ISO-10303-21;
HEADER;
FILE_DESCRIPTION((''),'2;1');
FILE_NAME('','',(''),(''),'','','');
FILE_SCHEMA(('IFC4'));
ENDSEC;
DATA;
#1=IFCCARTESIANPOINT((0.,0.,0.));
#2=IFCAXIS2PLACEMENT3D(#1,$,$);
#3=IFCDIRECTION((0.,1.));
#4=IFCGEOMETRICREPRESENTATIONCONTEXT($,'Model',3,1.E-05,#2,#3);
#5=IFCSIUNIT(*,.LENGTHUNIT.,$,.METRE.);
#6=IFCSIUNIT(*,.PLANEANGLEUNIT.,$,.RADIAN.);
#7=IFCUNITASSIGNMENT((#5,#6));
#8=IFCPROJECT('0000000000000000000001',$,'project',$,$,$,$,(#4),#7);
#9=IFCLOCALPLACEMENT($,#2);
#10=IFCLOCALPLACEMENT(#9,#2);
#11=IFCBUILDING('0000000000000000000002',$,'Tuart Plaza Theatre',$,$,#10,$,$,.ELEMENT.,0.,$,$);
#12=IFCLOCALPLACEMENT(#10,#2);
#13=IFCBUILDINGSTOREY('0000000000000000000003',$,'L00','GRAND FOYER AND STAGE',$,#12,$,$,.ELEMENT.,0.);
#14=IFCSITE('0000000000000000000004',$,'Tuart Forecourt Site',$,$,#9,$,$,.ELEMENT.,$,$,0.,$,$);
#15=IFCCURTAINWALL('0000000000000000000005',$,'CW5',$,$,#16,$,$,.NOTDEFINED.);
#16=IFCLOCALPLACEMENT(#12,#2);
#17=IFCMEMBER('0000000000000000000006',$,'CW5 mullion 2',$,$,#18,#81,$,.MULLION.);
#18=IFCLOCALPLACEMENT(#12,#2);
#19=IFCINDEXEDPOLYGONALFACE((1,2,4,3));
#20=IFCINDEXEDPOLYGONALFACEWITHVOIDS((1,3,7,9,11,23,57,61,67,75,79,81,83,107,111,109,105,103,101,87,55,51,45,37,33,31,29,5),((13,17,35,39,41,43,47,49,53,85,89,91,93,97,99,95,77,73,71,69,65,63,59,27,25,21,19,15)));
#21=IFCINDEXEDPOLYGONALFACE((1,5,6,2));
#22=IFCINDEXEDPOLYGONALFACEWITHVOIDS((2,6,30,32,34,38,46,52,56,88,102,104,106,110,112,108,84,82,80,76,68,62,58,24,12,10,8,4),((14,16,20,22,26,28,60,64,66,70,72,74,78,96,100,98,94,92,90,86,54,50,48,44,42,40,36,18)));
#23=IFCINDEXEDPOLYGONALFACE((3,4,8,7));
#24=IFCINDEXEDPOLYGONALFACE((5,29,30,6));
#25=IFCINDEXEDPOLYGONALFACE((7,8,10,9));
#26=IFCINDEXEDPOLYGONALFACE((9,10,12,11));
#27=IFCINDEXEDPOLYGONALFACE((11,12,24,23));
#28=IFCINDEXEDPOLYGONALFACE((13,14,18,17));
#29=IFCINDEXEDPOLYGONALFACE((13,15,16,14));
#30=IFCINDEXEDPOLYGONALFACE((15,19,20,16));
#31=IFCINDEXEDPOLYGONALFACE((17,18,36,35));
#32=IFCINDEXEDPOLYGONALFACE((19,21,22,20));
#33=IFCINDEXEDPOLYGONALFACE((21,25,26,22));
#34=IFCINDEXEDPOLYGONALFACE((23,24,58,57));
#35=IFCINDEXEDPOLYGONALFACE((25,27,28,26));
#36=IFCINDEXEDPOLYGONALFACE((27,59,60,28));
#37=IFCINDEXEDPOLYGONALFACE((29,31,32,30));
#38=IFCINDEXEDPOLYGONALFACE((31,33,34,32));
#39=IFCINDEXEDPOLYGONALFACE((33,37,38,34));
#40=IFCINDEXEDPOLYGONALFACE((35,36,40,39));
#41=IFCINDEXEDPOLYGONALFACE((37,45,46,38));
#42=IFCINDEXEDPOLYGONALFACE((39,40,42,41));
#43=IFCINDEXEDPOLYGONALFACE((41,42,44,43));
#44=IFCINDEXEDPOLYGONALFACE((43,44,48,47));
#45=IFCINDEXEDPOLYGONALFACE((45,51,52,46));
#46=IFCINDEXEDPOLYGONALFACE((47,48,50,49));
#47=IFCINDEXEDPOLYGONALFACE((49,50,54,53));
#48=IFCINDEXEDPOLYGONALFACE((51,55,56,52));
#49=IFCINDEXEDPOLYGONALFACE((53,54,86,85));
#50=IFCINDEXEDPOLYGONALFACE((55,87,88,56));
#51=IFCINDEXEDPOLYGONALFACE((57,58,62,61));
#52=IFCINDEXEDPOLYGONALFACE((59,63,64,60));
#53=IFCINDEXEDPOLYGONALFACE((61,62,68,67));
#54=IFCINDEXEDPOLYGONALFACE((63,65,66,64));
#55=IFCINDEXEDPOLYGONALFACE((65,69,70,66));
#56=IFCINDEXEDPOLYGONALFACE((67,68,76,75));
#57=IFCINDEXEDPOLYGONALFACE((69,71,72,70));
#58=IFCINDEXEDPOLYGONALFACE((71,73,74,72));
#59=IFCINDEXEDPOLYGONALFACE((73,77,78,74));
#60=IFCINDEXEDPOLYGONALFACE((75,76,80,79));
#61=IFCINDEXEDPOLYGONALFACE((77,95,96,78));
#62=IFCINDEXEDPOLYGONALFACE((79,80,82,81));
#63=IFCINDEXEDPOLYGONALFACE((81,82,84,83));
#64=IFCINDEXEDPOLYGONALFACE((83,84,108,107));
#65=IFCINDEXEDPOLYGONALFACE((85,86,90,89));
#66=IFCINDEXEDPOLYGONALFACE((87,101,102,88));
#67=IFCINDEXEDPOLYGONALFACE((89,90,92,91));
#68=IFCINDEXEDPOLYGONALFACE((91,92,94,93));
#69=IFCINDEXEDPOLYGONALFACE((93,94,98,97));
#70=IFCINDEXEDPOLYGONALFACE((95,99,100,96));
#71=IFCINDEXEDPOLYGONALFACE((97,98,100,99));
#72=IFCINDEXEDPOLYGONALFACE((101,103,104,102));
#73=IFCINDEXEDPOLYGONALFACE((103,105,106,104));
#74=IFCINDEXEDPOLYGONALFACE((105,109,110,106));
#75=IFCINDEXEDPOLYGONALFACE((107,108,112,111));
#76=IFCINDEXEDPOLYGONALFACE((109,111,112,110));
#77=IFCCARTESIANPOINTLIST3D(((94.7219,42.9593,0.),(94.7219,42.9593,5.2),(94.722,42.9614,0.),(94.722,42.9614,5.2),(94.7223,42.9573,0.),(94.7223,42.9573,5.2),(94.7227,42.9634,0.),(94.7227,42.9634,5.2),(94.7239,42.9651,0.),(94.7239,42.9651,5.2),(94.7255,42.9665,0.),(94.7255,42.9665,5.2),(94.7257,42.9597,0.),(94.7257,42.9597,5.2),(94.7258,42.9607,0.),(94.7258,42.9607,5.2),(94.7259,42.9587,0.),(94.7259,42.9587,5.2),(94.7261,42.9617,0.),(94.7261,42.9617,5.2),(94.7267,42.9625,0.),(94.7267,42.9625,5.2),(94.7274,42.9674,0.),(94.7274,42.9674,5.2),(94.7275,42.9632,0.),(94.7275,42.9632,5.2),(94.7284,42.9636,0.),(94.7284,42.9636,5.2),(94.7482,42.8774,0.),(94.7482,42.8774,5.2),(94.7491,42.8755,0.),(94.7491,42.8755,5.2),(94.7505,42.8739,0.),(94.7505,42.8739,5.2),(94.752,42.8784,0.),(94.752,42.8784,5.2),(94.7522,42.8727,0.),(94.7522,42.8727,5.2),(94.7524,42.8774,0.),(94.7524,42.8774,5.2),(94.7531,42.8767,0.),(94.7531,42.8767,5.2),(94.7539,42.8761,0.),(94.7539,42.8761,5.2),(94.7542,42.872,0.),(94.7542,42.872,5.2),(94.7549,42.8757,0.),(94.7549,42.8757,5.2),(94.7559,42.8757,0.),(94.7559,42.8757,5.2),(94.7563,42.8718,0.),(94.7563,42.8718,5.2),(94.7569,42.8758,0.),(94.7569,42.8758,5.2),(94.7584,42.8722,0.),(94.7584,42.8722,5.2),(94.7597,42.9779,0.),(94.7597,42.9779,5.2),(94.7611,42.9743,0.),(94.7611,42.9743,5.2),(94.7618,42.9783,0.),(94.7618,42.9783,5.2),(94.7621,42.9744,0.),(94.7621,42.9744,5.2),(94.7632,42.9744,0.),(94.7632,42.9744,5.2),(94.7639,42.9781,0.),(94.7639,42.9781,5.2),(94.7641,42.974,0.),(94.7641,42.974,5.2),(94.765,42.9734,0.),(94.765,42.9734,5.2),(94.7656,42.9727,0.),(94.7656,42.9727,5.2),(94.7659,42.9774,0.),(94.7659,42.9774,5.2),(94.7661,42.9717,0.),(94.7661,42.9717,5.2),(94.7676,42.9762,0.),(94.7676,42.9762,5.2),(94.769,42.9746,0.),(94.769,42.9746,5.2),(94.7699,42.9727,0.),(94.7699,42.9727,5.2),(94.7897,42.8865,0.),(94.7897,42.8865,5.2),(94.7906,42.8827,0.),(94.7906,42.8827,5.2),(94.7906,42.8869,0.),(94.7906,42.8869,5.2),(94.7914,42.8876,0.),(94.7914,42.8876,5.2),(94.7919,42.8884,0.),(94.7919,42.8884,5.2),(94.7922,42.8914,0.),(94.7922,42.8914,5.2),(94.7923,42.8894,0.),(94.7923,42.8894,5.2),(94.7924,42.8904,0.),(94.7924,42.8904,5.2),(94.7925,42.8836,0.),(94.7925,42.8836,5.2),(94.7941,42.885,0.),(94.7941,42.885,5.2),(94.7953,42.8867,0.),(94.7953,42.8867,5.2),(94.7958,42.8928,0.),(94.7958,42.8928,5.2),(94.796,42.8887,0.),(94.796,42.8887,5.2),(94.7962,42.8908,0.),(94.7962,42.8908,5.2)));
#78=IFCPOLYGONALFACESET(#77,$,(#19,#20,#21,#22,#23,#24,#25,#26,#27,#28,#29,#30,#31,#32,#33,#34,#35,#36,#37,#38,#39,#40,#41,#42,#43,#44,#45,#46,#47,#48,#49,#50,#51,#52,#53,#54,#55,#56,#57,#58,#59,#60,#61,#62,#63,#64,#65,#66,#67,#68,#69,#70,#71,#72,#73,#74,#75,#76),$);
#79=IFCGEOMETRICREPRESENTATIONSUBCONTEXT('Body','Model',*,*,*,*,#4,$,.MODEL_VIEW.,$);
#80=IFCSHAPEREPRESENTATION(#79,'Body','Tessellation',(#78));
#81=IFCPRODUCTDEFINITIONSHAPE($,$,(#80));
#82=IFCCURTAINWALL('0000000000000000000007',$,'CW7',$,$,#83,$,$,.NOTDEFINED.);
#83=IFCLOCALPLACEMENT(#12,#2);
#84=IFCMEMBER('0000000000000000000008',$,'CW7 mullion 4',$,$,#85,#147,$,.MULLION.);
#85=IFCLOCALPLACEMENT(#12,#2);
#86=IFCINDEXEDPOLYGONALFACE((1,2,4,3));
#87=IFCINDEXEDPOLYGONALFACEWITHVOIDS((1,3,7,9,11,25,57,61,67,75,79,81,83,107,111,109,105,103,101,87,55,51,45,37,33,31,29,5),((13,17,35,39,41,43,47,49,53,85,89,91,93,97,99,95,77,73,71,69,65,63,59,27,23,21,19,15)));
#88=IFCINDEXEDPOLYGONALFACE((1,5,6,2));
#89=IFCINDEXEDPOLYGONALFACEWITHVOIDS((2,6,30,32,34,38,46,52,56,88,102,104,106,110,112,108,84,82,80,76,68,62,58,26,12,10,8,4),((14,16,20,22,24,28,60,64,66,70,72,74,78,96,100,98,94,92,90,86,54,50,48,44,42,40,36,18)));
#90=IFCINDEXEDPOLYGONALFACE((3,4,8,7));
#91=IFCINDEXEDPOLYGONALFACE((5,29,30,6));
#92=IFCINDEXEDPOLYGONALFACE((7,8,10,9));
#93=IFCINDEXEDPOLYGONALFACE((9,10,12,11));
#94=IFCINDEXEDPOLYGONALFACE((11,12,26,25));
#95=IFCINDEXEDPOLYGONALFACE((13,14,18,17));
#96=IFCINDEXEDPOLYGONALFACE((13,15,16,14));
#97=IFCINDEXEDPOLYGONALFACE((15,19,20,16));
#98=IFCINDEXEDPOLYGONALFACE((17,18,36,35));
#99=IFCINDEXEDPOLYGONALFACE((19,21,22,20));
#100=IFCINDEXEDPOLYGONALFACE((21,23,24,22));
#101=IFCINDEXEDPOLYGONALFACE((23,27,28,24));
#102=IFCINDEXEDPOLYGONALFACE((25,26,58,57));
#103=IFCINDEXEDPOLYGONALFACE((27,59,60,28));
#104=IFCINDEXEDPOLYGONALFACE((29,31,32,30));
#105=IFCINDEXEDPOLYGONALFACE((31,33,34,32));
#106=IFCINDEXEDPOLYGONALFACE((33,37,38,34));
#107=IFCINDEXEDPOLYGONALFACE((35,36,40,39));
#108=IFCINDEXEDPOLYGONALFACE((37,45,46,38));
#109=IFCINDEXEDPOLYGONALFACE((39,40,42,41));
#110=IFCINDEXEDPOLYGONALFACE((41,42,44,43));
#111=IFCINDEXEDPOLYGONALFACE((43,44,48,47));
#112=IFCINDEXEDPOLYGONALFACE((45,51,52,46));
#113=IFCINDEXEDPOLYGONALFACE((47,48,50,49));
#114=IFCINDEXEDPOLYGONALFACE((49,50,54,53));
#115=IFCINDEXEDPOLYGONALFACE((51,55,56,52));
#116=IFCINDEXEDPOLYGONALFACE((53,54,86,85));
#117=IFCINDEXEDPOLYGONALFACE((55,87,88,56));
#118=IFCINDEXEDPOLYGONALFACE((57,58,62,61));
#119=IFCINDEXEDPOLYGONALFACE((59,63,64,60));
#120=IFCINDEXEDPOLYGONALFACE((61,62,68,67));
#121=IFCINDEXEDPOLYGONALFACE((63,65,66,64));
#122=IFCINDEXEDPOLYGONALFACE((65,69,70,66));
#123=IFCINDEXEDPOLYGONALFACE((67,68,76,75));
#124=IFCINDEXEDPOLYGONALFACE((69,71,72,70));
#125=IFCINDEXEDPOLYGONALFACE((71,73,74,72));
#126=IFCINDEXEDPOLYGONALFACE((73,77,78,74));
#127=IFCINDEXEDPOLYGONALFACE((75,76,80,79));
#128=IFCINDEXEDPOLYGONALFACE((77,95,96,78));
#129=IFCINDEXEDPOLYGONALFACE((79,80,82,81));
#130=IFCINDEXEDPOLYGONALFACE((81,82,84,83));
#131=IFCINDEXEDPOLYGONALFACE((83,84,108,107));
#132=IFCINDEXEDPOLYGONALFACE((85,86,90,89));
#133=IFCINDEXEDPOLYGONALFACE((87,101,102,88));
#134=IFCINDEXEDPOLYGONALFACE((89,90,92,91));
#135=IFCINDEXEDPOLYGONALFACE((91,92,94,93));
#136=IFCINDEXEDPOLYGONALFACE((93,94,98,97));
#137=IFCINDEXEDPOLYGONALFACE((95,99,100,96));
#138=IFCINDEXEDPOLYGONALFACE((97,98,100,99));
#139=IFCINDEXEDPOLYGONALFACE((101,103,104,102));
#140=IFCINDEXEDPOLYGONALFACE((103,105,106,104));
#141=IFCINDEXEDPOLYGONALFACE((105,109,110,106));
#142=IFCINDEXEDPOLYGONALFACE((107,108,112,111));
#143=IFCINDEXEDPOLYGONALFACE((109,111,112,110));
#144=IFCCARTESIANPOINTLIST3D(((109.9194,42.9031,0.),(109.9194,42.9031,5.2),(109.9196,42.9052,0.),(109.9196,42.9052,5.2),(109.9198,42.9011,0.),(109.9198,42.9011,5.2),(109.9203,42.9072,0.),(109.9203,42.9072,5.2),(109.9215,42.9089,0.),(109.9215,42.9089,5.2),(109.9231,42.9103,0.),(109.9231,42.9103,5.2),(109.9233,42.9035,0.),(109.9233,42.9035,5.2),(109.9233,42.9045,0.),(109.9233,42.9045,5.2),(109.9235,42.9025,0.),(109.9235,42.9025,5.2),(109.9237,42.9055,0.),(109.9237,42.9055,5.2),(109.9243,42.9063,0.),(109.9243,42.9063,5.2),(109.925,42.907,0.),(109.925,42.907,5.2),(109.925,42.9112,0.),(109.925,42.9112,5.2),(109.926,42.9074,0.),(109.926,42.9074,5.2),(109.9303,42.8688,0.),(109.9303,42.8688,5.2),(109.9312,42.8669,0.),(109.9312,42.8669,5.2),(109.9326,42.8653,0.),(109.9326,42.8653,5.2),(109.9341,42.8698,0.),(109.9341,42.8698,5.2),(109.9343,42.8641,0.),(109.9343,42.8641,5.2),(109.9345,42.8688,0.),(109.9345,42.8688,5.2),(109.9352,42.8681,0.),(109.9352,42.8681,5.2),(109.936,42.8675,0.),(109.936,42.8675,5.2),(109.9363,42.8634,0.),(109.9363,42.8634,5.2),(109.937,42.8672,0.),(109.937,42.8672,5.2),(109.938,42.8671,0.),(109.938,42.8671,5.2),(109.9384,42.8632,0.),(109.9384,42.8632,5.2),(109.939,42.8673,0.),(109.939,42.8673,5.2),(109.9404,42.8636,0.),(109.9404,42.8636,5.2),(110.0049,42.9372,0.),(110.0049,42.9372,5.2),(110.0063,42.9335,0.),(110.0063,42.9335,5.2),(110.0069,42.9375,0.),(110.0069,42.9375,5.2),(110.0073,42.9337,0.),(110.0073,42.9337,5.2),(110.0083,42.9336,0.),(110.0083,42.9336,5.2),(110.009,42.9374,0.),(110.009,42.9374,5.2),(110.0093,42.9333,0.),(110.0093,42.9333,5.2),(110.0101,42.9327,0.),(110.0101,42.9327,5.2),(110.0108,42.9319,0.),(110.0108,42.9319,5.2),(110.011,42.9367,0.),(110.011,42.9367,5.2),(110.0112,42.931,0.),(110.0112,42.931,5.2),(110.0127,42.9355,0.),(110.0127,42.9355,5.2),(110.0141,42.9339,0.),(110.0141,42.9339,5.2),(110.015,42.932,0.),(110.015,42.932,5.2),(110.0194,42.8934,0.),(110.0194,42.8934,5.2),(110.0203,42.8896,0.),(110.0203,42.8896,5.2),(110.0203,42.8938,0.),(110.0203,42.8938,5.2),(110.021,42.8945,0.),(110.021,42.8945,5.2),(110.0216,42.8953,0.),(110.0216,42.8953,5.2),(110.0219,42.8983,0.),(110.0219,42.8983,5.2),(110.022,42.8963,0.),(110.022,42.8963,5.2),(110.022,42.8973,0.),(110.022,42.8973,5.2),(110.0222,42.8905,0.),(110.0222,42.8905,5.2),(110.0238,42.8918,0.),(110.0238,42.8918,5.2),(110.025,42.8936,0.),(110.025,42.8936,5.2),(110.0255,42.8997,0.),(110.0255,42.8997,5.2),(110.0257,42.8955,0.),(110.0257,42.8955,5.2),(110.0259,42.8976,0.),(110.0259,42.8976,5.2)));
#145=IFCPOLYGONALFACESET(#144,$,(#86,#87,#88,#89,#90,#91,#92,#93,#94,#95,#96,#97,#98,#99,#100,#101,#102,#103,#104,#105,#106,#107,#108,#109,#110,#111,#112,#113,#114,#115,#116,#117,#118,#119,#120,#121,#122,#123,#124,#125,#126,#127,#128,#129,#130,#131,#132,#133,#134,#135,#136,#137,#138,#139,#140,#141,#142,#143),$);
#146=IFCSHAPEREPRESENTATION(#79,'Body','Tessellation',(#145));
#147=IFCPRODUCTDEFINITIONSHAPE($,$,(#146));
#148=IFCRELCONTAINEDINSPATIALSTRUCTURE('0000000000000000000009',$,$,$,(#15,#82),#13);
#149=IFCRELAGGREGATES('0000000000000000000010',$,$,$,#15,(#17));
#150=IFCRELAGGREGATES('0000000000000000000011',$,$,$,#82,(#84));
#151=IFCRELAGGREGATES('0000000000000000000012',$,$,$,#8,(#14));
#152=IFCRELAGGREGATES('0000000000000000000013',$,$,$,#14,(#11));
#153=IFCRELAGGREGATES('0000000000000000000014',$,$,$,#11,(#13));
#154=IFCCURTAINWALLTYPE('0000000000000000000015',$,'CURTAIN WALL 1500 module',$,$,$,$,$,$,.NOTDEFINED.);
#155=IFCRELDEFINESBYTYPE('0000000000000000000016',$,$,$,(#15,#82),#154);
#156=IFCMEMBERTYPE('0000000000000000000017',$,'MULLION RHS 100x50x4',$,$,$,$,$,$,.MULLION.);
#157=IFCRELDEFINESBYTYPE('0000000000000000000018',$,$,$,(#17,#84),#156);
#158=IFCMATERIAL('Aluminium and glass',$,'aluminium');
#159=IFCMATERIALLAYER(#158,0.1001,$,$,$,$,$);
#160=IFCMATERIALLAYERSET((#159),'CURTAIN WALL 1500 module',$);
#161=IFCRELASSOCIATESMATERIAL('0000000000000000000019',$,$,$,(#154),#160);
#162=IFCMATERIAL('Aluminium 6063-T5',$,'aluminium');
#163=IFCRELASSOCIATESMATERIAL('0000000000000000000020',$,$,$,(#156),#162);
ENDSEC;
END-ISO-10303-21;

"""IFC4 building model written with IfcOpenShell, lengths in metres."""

from ifc_helpers import new_model, si_unit, direction, frame, origin, origin_2d, place, context, subcontext, project, spatial, hollow_rectangle, extrude, material, layer, layer_set, material_profile, profile_set, type_object, element, aggregate, save


model = new_model("IFC4")

# Units and contexts
model_context = context("Model", 3, precision=1e-05, world=origin(), true_north=direction((0.0, 1.0)))
body_context = subcontext(model_context, "Body", "Model", "MODEL_VIEW")
ifc_project = project(units=[si_unit("LENGTHUNIT", "METRE"), si_unit("PLANEANGLEUNIT", "RADIAN")], contexts=[model_context])

# Site, building, storey
site_placement = place(None, origin())
site = spatial("IfcSite", under=ifc_project, at=site_placement, Name="Tuart Forecourt Site", CompositionType="ELEMENT", RefElevation=0.0)
building_placement = place(site_placement, origin())
building = spatial("IfcBuilding", under=site, at=building_placement, Name="Tuart Plaza Theatre", CompositionType="ELEMENT", ElevationOfRefHeight=0.0)
storey_placement = place(building_placement, origin())
storey = spatial("IfcBuildingStorey", under=building, at=storey_placement, Name="L00", Description="GRAND FOYER AND STAGE", CompositionType="ELEMENT", Elevation=0.0)

# Curtain walls, members
ifc_material_1 = material(Name="Aluminium and glass", Category="aluminium")
ifc_layer_1 = layer(ifc_material_1, 0.1001)
ifc_layer_set_1 = layer_set([ifc_layer_1], Name="CURTAIN WALL 1500 module")
curtain_wall_type = type_object("IfcCurtainWallType", Name="CURTAIN WALL 1500 module", PredefinedType="NOTDEFINED", material=ifc_layer_set_1)
curtain_wall_1_placement = place(storey_placement, origin())
curtain_wall_1 = element("IfcCurtainWall", 1, at=curtain_wall_1_placement, inside=storey, type_object=curtain_wall_type, Name="CW5", PredefinedType="NOTDEFINED")
ifc_material_2 = material(Name="Aluminium 6063-T5", Category="aluminium")
ifc_material_profile_1 = material_profile(ifc_material_2, hollow_rectangle(XDim=0.05, YDim=0.1001, WallThickness=0.0039, InnerFilletRadius=0.0039, OuterFilletRadius=0.0081, at=origin_2d()), Name="RHS 100x50x4")
ifc_profile_set_1 = profile_set([ifc_material_profile_1], Name="Aluminium 6063-T5")
member_type_1 = type_object("IfcMemberType", Name="MULLION RHS 100x50x4", PredefinedType="MULLION", material=ifc_profile_set_1)
member_1_placement = place(storey_placement, frame((94.759, 42.925, 0.0), z_axis=(0.0, 0.0, 1.0), x_axis=(0.951056, 0.309018, 0.0)))
member_1 = element("IfcMember", 2, at=member_1_placement, type_object=member_type_1, Name="CW5 mullion 2", PredefinedType="MULLION", context=body_context, shape_type="SweptSolid", body=[
    extrude(hollow_rectangle(XDim=0.05, YDim=0.1001, WallThickness=0.0039, InnerFilletRadius=0.0039, OuterFilletRadius=0.0081, at=origin_2d()), origin(), (0.0, 0.0, 1.0), 5.2),
])
curtain_wall_2_placement = place(storey_placement, origin())
curtain_wall_2 = element("IfcCurtainWall", 3, at=curtain_wall_2_placement, inside=storey, type_object=curtain_wall_type, Name="CW7", PredefinedType="NOTDEFINED")
member_2_placement = place(storey_placement, frame((109.9727, 42.9004, 0.0), z_axis=(0.0, 0.0, 1.0), x_axis=(-0.308885, 0.951099, 0.0)))
member_2 = element("IfcMember", 4, at=member_2_placement, type_object=member_type_1, Name="CW7 mullion 4", PredefinedType="MULLION", context=body_context, shape_type="SweptSolid", body=[
    extrude(hollow_rectangle(XDim=0.05, YDim=0.1001, WallThickness=0.0039, InnerFilletRadius=0.0039, OuterFilletRadius=0.0081, at=origin_2d()), origin(), (0.0, 0.0, 1.0), 5.2),
])

aggregate(curtain_wall_1, [member_1])

aggregate(curtain_wall_2, [member_2])

save(model, "model.ifc")
